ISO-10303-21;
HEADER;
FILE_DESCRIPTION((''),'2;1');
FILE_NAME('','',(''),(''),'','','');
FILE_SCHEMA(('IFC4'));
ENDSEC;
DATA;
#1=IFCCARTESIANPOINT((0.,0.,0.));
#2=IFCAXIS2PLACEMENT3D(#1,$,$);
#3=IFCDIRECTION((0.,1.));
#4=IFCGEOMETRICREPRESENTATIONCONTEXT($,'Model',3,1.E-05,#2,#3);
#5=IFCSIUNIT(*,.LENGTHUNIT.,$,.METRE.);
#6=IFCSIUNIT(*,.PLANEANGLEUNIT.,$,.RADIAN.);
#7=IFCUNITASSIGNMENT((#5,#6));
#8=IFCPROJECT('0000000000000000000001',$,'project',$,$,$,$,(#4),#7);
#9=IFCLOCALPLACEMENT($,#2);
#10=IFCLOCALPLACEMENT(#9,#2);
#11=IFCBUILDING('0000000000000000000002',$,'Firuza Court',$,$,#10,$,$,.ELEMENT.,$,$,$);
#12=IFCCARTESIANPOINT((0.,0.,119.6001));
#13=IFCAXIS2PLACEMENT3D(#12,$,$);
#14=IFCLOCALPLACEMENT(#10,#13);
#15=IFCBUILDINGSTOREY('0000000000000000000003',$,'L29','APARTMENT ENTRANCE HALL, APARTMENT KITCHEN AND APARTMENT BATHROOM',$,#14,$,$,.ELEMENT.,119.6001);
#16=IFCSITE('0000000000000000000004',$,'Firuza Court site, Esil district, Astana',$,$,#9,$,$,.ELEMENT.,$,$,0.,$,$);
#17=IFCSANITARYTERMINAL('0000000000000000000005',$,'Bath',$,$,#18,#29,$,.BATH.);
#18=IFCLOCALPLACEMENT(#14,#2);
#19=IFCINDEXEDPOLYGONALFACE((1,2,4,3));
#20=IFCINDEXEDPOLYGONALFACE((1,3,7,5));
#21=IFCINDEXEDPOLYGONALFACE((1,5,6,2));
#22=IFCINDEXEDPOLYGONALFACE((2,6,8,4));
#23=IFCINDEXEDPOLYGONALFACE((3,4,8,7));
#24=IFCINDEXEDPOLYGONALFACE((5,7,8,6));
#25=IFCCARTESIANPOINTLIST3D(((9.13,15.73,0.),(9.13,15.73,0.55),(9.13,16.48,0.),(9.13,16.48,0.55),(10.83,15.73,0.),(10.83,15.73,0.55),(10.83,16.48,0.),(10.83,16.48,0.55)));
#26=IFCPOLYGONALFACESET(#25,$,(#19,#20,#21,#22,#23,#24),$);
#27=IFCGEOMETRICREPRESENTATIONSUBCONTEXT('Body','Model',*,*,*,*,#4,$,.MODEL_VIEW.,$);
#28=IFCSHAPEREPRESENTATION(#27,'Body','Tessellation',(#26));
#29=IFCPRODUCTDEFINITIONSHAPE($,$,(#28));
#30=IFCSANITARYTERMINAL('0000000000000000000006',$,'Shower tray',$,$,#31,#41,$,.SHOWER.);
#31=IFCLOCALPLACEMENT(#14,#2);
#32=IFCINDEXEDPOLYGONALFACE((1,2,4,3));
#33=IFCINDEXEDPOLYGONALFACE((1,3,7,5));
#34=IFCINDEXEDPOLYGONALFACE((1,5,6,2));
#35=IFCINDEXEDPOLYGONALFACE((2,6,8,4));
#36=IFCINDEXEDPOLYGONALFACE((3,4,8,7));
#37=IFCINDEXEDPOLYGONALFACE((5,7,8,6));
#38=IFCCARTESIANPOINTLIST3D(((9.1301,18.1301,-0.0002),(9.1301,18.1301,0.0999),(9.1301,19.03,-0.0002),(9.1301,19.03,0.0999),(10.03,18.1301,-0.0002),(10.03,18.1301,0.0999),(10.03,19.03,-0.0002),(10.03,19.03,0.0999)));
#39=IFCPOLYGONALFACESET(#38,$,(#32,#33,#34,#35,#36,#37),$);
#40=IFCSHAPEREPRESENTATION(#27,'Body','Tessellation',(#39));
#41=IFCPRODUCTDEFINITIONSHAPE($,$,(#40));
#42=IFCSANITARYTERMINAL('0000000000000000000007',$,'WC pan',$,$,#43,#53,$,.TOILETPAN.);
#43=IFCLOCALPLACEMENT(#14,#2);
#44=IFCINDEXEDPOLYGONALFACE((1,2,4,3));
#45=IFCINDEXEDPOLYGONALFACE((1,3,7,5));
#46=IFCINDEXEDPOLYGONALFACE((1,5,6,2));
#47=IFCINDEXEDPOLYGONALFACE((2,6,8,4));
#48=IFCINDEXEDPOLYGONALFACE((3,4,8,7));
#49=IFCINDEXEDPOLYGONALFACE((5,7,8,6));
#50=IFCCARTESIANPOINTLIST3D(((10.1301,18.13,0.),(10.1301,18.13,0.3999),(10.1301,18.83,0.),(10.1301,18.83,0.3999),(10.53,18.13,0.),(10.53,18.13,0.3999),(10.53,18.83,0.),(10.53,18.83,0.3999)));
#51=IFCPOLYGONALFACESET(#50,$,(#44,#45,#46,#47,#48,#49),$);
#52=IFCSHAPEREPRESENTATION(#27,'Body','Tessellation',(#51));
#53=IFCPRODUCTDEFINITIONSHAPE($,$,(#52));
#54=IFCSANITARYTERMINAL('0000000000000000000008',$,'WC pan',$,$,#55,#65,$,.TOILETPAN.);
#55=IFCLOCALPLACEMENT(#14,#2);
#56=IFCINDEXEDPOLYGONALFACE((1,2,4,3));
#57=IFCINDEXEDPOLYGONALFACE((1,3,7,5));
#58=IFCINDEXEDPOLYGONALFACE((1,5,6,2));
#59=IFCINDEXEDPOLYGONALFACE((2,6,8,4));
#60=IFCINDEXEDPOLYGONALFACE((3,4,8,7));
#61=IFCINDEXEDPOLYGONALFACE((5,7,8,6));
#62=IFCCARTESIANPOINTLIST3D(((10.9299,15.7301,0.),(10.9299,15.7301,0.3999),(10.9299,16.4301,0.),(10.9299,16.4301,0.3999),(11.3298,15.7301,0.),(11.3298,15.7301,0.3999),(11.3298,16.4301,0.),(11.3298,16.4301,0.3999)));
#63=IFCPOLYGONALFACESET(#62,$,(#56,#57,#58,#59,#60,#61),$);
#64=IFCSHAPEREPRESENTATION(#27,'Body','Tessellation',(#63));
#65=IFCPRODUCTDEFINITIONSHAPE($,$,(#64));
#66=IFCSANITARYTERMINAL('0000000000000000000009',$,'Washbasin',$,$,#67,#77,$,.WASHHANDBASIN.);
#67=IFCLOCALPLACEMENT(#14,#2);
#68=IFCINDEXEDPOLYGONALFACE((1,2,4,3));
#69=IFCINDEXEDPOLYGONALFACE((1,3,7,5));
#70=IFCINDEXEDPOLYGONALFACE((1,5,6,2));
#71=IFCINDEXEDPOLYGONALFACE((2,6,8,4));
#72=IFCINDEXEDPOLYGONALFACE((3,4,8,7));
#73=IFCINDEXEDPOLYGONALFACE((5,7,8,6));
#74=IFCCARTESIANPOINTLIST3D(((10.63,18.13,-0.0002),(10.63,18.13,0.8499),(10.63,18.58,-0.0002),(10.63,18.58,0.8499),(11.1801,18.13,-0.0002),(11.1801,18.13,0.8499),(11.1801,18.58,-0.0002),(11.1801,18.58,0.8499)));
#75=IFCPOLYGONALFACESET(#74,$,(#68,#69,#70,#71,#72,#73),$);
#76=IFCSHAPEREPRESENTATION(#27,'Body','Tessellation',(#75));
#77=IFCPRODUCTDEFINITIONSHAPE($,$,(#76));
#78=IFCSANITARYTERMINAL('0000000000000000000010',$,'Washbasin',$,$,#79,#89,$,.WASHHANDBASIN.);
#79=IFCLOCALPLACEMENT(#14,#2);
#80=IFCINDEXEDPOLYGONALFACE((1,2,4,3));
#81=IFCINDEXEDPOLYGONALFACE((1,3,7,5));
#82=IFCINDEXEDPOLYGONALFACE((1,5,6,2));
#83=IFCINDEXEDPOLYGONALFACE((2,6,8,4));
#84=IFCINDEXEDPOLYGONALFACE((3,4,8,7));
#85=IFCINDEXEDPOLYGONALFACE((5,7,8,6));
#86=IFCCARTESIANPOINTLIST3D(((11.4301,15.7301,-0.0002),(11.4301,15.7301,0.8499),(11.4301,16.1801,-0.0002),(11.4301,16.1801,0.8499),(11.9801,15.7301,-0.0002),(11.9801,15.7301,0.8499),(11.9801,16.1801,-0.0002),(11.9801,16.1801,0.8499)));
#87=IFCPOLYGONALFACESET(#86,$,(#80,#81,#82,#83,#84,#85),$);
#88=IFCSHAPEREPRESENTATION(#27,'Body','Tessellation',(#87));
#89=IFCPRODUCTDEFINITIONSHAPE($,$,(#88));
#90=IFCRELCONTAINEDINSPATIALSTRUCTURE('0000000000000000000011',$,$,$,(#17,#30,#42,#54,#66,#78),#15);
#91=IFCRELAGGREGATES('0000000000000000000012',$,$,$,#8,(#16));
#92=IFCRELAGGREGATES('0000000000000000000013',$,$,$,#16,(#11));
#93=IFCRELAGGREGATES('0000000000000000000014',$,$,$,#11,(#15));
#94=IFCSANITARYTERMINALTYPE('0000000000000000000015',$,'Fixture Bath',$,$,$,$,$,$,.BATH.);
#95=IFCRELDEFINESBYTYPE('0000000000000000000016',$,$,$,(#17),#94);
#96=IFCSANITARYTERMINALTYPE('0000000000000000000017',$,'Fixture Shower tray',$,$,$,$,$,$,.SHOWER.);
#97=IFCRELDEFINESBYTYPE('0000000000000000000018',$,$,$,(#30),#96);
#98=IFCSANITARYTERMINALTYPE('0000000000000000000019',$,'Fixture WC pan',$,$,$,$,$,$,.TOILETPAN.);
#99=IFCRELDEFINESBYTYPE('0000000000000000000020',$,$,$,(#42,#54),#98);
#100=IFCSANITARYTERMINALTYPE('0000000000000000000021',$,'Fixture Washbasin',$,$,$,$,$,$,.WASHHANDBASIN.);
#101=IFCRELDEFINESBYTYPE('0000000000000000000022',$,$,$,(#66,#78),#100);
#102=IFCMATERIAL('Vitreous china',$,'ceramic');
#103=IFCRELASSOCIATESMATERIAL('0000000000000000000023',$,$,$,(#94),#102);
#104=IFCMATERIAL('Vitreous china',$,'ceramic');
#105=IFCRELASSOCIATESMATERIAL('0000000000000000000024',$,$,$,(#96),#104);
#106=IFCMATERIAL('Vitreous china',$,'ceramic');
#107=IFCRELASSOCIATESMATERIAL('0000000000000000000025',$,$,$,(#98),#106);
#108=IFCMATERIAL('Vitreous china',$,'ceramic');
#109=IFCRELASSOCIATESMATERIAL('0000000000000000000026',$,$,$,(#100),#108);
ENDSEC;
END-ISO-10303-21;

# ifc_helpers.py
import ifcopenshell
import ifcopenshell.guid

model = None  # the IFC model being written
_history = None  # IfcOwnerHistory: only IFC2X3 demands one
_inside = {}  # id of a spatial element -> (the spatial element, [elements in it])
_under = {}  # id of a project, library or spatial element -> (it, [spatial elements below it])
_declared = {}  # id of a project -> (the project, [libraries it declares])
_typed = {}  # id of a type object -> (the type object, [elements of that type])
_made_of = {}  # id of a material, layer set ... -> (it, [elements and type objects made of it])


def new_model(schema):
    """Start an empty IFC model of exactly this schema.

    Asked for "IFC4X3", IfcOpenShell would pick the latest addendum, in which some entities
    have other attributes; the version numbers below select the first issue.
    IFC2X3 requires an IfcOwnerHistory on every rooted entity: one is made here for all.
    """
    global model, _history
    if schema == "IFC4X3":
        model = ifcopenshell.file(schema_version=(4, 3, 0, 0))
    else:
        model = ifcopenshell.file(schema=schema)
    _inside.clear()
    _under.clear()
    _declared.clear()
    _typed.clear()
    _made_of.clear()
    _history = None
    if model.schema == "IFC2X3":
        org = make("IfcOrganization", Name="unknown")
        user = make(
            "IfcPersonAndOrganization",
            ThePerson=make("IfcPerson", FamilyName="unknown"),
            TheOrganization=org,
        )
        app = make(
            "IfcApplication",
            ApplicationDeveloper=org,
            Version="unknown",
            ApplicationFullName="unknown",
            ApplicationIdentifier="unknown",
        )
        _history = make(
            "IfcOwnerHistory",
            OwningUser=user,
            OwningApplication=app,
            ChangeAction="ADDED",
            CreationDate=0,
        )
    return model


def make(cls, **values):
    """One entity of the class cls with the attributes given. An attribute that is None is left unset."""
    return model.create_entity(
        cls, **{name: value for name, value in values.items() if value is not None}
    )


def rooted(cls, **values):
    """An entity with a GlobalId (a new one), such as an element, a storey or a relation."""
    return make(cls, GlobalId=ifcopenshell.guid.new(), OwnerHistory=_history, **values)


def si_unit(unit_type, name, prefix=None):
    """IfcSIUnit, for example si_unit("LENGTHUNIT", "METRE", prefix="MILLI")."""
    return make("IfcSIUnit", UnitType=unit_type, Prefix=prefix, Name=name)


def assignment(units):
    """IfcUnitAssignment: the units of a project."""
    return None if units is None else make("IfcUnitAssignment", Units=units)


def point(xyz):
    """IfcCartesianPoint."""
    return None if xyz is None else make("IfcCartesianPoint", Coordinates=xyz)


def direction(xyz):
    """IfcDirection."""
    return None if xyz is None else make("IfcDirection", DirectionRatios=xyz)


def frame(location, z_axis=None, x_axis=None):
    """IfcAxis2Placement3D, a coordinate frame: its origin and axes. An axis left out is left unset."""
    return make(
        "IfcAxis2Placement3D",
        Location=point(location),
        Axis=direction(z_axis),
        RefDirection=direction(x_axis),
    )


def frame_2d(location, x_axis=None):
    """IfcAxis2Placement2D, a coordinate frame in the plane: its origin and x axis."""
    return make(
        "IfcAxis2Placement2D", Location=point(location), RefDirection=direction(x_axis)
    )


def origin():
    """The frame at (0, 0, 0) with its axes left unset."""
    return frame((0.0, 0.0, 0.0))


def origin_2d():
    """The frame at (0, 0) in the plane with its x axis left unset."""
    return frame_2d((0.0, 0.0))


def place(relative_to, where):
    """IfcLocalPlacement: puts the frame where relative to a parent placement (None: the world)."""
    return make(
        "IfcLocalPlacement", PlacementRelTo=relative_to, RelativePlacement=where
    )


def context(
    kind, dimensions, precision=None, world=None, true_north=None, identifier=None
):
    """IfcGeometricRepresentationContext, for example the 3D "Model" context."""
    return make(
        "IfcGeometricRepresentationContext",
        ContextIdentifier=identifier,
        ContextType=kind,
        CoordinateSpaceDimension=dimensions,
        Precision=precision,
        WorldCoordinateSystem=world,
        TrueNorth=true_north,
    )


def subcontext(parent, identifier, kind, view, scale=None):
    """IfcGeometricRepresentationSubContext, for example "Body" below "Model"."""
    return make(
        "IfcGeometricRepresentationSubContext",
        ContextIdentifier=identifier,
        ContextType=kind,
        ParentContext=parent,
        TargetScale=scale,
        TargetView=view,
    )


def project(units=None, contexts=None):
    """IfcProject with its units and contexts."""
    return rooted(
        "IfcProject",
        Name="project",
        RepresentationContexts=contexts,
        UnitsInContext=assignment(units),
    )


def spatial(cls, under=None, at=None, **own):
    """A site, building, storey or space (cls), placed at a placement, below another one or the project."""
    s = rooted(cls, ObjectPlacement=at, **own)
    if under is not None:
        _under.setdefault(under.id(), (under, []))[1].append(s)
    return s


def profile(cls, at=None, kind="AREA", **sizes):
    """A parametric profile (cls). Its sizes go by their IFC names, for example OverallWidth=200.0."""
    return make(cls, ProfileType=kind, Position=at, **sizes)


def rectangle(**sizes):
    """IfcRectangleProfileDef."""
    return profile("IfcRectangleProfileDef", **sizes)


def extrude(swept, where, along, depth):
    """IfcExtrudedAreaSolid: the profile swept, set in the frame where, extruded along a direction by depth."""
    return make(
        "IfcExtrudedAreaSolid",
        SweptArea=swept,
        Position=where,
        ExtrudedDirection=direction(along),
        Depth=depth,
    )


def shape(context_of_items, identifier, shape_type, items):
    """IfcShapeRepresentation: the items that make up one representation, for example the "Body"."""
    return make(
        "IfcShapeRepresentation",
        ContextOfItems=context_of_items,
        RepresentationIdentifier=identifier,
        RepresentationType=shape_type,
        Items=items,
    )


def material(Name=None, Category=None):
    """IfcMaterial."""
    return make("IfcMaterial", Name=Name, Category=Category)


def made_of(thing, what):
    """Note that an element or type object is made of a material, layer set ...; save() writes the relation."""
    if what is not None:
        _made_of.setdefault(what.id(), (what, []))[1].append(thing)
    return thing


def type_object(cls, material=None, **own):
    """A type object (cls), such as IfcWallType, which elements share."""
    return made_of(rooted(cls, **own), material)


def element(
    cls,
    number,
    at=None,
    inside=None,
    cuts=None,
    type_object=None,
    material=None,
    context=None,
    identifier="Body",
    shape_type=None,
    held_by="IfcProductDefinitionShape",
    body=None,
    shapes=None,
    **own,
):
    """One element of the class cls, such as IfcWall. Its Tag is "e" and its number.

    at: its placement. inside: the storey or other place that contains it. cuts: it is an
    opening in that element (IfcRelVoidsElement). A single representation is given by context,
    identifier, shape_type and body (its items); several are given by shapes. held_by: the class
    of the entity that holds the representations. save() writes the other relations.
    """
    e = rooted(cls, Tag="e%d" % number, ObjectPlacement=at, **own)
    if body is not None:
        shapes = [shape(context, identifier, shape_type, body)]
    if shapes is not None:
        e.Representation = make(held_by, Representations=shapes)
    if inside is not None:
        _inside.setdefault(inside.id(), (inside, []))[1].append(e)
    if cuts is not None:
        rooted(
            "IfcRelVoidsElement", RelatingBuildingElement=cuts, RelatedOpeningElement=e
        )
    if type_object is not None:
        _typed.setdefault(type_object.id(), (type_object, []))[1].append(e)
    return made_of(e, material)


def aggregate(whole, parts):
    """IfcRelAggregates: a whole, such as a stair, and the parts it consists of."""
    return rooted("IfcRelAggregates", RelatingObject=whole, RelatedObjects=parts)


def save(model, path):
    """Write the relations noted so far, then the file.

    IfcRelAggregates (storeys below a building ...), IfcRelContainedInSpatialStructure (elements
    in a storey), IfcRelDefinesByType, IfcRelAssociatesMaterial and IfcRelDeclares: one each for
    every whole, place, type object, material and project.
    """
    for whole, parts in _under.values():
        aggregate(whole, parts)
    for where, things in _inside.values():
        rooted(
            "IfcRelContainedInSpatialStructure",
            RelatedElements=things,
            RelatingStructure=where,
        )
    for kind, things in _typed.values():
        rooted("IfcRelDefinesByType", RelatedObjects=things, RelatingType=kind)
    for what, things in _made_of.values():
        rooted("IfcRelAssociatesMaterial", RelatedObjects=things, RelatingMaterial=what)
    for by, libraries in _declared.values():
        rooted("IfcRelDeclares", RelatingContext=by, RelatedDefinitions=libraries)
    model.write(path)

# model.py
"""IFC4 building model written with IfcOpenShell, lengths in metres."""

from ifc_helpers import new_model, si_unit, direction, frame, origin, origin_2d, place, context, subcontext, project, spatial, rectangle, extrude, material, type_object, element, save


model = new_model("IFC4")

# Units and contexts
model_context = context("Model", 3, precision=1e-05, world=origin(), true_north=direction((0.0, 1.0)))
body_context = subcontext(model_context, "Body", "Model", "MODEL_VIEW")
ifc_project = project(units=[si_unit("LENGTHUNIT", "METRE"), si_unit("PLANEANGLEUNIT", "RADIAN")], contexts=[model_context])

# Site, building, storey
site_placement = place(None, origin())
site = spatial("IfcSite", under=ifc_project, at=site_placement, Name="Firuza Court site, Esil district, Astana", CompositionType="ELEMENT", RefElevation=0.0)
building_placement = place(site_placement, origin())
building = spatial("IfcBuilding", under=site, at=building_placement, Name="Firuza Court", CompositionType="ELEMENT")
storey_placement = place(building_placement, frame((0.0, 0.0, 119.6001)))
storey = spatial("IfcBuildingStorey", under=building, at=storey_placement, Name="L29", Description="APARTMENT ENTRANCE HALL, APARTMENT KITCHEN AND APARTMENT BATHROOM", CompositionType="ELEMENT", Elevation=119.6001)

# Sanitary terminals
ifc_material_1 = material(Name="Vitreous china", Category="ceramic")
sanitary_terminal_type_1 = type_object("IfcSanitaryTerminalType", Name="Fixture Bath", PredefinedType="BATH", material=ifc_material_1)
sanitary_terminal_1_placement = place(storey_placement, frame((9.98, 16.105, 0.0), z_axis=(0.0, 0.0, 1.0), x_axis=(1.0, 0.0, 0.0)))
element("IfcSanitaryTerminal", 1, at=sanitary_terminal_1_placement, inside=storey, type_object=sanitary_terminal_type_1, Name="Bath", PredefinedType="BATH", context=body_context, shape_type="SweptSolid", body=[
    extrude(rectangle(XDim=1.7, YDim=0.75, at=origin_2d()), origin(), (0.0, 0.0, 1.0), 0.55),
])
ifc_material_2 = material(Name="Vitreous china", Category="ceramic")
sanitary_terminal_type_2 = type_object("IfcSanitaryTerminalType", Name="Fixture Shower tray", PredefinedType="SHOWER", material=ifc_material_2)
sanitary_terminal_2_placement = place(storey_placement, frame((9.5801, 18.5801, -0.0002), z_axis=(0.0, 0.0, 1.0), x_axis=(1.0, 0.0, 0.0)))
element("IfcSanitaryTerminal", 2, at=sanitary_terminal_2_placement, inside=storey, type_object=sanitary_terminal_type_2, Name="Shower tray", PredefinedType="SHOWER", context=body_context, shape_type="SweptSolid", body=[
    extrude(rectangle(XDim=0.8999, YDim=0.8999, at=origin_2d()), origin(), (0.0, 0.0, 1.0), 0.1001),
])
ifc_material_3 = material(Name="Vitreous china", Category="ceramic")
sanitary_terminal_type_3 = type_object("IfcSanitaryTerminalType", Name="Fixture WC pan", PredefinedType="TOILETPAN", material=ifc_material_3)
for number, where, z_axis, x_axis, name in (
    (3, (10.3301, 18.48, 0.0), (0.0, 0.0, 1.0), (1.0, 0.0, 0.0), "WC pan"),
    (4, (11.1299, 16.0801, 0.0), (0.0, 0.0, 1.0), (1.0, 0.0, 0.0), "WC pan"),
):
    element("IfcSanitaryTerminal", number, at=place(storey_placement, frame(where, z_axis=z_axis, x_axis=x_axis)), inside=storey, type_object=sanitary_terminal_type_3, Name=name, PredefinedType="TOILETPAN", context=body_context, shape_type="SweptSolid", body=[
        extrude(rectangle(XDim=0.3999, YDim=0.7, at=origin_2d()), origin(), (0.0, 0.0, 1.0), 0.3999),
    ])
ifc_material_4 = material(Name="Vitreous china", Category="ceramic")
sanitary_terminal_type_4 = type_object("IfcSanitaryTerminalType", Name="Fixture Washbasin", PredefinedType="WASHHANDBASIN", material=ifc_material_4)
for number, where, z_axis, x_axis, name in (
    (5, (10.905, 18.355, -0.0002), (0.0, 0.0, 1.0), (1.0, 0.0, 0.0), "Washbasin"),
    (6, (11.7051, 15.9551, -0.0002), (0.0, 0.0, 1.0), (1.0, 0.0, 0.0), "Washbasin"),
):
    element("IfcSanitaryTerminal", number, at=place(storey_placement, frame(where, z_axis=z_axis, x_axis=x_axis)), inside=storey, type_object=sanitary_terminal_type_4, Name=name, PredefinedType="WASHHANDBASIN", context=body_context, shape_type="SweptSolid", body=[
        extrude(rectangle(XDim=0.55, YDim=0.45, at=origin_2d()), origin(), (0.0, 0.0, 1.0), 0.8501),
    ])

save(model, "model.ifc")
